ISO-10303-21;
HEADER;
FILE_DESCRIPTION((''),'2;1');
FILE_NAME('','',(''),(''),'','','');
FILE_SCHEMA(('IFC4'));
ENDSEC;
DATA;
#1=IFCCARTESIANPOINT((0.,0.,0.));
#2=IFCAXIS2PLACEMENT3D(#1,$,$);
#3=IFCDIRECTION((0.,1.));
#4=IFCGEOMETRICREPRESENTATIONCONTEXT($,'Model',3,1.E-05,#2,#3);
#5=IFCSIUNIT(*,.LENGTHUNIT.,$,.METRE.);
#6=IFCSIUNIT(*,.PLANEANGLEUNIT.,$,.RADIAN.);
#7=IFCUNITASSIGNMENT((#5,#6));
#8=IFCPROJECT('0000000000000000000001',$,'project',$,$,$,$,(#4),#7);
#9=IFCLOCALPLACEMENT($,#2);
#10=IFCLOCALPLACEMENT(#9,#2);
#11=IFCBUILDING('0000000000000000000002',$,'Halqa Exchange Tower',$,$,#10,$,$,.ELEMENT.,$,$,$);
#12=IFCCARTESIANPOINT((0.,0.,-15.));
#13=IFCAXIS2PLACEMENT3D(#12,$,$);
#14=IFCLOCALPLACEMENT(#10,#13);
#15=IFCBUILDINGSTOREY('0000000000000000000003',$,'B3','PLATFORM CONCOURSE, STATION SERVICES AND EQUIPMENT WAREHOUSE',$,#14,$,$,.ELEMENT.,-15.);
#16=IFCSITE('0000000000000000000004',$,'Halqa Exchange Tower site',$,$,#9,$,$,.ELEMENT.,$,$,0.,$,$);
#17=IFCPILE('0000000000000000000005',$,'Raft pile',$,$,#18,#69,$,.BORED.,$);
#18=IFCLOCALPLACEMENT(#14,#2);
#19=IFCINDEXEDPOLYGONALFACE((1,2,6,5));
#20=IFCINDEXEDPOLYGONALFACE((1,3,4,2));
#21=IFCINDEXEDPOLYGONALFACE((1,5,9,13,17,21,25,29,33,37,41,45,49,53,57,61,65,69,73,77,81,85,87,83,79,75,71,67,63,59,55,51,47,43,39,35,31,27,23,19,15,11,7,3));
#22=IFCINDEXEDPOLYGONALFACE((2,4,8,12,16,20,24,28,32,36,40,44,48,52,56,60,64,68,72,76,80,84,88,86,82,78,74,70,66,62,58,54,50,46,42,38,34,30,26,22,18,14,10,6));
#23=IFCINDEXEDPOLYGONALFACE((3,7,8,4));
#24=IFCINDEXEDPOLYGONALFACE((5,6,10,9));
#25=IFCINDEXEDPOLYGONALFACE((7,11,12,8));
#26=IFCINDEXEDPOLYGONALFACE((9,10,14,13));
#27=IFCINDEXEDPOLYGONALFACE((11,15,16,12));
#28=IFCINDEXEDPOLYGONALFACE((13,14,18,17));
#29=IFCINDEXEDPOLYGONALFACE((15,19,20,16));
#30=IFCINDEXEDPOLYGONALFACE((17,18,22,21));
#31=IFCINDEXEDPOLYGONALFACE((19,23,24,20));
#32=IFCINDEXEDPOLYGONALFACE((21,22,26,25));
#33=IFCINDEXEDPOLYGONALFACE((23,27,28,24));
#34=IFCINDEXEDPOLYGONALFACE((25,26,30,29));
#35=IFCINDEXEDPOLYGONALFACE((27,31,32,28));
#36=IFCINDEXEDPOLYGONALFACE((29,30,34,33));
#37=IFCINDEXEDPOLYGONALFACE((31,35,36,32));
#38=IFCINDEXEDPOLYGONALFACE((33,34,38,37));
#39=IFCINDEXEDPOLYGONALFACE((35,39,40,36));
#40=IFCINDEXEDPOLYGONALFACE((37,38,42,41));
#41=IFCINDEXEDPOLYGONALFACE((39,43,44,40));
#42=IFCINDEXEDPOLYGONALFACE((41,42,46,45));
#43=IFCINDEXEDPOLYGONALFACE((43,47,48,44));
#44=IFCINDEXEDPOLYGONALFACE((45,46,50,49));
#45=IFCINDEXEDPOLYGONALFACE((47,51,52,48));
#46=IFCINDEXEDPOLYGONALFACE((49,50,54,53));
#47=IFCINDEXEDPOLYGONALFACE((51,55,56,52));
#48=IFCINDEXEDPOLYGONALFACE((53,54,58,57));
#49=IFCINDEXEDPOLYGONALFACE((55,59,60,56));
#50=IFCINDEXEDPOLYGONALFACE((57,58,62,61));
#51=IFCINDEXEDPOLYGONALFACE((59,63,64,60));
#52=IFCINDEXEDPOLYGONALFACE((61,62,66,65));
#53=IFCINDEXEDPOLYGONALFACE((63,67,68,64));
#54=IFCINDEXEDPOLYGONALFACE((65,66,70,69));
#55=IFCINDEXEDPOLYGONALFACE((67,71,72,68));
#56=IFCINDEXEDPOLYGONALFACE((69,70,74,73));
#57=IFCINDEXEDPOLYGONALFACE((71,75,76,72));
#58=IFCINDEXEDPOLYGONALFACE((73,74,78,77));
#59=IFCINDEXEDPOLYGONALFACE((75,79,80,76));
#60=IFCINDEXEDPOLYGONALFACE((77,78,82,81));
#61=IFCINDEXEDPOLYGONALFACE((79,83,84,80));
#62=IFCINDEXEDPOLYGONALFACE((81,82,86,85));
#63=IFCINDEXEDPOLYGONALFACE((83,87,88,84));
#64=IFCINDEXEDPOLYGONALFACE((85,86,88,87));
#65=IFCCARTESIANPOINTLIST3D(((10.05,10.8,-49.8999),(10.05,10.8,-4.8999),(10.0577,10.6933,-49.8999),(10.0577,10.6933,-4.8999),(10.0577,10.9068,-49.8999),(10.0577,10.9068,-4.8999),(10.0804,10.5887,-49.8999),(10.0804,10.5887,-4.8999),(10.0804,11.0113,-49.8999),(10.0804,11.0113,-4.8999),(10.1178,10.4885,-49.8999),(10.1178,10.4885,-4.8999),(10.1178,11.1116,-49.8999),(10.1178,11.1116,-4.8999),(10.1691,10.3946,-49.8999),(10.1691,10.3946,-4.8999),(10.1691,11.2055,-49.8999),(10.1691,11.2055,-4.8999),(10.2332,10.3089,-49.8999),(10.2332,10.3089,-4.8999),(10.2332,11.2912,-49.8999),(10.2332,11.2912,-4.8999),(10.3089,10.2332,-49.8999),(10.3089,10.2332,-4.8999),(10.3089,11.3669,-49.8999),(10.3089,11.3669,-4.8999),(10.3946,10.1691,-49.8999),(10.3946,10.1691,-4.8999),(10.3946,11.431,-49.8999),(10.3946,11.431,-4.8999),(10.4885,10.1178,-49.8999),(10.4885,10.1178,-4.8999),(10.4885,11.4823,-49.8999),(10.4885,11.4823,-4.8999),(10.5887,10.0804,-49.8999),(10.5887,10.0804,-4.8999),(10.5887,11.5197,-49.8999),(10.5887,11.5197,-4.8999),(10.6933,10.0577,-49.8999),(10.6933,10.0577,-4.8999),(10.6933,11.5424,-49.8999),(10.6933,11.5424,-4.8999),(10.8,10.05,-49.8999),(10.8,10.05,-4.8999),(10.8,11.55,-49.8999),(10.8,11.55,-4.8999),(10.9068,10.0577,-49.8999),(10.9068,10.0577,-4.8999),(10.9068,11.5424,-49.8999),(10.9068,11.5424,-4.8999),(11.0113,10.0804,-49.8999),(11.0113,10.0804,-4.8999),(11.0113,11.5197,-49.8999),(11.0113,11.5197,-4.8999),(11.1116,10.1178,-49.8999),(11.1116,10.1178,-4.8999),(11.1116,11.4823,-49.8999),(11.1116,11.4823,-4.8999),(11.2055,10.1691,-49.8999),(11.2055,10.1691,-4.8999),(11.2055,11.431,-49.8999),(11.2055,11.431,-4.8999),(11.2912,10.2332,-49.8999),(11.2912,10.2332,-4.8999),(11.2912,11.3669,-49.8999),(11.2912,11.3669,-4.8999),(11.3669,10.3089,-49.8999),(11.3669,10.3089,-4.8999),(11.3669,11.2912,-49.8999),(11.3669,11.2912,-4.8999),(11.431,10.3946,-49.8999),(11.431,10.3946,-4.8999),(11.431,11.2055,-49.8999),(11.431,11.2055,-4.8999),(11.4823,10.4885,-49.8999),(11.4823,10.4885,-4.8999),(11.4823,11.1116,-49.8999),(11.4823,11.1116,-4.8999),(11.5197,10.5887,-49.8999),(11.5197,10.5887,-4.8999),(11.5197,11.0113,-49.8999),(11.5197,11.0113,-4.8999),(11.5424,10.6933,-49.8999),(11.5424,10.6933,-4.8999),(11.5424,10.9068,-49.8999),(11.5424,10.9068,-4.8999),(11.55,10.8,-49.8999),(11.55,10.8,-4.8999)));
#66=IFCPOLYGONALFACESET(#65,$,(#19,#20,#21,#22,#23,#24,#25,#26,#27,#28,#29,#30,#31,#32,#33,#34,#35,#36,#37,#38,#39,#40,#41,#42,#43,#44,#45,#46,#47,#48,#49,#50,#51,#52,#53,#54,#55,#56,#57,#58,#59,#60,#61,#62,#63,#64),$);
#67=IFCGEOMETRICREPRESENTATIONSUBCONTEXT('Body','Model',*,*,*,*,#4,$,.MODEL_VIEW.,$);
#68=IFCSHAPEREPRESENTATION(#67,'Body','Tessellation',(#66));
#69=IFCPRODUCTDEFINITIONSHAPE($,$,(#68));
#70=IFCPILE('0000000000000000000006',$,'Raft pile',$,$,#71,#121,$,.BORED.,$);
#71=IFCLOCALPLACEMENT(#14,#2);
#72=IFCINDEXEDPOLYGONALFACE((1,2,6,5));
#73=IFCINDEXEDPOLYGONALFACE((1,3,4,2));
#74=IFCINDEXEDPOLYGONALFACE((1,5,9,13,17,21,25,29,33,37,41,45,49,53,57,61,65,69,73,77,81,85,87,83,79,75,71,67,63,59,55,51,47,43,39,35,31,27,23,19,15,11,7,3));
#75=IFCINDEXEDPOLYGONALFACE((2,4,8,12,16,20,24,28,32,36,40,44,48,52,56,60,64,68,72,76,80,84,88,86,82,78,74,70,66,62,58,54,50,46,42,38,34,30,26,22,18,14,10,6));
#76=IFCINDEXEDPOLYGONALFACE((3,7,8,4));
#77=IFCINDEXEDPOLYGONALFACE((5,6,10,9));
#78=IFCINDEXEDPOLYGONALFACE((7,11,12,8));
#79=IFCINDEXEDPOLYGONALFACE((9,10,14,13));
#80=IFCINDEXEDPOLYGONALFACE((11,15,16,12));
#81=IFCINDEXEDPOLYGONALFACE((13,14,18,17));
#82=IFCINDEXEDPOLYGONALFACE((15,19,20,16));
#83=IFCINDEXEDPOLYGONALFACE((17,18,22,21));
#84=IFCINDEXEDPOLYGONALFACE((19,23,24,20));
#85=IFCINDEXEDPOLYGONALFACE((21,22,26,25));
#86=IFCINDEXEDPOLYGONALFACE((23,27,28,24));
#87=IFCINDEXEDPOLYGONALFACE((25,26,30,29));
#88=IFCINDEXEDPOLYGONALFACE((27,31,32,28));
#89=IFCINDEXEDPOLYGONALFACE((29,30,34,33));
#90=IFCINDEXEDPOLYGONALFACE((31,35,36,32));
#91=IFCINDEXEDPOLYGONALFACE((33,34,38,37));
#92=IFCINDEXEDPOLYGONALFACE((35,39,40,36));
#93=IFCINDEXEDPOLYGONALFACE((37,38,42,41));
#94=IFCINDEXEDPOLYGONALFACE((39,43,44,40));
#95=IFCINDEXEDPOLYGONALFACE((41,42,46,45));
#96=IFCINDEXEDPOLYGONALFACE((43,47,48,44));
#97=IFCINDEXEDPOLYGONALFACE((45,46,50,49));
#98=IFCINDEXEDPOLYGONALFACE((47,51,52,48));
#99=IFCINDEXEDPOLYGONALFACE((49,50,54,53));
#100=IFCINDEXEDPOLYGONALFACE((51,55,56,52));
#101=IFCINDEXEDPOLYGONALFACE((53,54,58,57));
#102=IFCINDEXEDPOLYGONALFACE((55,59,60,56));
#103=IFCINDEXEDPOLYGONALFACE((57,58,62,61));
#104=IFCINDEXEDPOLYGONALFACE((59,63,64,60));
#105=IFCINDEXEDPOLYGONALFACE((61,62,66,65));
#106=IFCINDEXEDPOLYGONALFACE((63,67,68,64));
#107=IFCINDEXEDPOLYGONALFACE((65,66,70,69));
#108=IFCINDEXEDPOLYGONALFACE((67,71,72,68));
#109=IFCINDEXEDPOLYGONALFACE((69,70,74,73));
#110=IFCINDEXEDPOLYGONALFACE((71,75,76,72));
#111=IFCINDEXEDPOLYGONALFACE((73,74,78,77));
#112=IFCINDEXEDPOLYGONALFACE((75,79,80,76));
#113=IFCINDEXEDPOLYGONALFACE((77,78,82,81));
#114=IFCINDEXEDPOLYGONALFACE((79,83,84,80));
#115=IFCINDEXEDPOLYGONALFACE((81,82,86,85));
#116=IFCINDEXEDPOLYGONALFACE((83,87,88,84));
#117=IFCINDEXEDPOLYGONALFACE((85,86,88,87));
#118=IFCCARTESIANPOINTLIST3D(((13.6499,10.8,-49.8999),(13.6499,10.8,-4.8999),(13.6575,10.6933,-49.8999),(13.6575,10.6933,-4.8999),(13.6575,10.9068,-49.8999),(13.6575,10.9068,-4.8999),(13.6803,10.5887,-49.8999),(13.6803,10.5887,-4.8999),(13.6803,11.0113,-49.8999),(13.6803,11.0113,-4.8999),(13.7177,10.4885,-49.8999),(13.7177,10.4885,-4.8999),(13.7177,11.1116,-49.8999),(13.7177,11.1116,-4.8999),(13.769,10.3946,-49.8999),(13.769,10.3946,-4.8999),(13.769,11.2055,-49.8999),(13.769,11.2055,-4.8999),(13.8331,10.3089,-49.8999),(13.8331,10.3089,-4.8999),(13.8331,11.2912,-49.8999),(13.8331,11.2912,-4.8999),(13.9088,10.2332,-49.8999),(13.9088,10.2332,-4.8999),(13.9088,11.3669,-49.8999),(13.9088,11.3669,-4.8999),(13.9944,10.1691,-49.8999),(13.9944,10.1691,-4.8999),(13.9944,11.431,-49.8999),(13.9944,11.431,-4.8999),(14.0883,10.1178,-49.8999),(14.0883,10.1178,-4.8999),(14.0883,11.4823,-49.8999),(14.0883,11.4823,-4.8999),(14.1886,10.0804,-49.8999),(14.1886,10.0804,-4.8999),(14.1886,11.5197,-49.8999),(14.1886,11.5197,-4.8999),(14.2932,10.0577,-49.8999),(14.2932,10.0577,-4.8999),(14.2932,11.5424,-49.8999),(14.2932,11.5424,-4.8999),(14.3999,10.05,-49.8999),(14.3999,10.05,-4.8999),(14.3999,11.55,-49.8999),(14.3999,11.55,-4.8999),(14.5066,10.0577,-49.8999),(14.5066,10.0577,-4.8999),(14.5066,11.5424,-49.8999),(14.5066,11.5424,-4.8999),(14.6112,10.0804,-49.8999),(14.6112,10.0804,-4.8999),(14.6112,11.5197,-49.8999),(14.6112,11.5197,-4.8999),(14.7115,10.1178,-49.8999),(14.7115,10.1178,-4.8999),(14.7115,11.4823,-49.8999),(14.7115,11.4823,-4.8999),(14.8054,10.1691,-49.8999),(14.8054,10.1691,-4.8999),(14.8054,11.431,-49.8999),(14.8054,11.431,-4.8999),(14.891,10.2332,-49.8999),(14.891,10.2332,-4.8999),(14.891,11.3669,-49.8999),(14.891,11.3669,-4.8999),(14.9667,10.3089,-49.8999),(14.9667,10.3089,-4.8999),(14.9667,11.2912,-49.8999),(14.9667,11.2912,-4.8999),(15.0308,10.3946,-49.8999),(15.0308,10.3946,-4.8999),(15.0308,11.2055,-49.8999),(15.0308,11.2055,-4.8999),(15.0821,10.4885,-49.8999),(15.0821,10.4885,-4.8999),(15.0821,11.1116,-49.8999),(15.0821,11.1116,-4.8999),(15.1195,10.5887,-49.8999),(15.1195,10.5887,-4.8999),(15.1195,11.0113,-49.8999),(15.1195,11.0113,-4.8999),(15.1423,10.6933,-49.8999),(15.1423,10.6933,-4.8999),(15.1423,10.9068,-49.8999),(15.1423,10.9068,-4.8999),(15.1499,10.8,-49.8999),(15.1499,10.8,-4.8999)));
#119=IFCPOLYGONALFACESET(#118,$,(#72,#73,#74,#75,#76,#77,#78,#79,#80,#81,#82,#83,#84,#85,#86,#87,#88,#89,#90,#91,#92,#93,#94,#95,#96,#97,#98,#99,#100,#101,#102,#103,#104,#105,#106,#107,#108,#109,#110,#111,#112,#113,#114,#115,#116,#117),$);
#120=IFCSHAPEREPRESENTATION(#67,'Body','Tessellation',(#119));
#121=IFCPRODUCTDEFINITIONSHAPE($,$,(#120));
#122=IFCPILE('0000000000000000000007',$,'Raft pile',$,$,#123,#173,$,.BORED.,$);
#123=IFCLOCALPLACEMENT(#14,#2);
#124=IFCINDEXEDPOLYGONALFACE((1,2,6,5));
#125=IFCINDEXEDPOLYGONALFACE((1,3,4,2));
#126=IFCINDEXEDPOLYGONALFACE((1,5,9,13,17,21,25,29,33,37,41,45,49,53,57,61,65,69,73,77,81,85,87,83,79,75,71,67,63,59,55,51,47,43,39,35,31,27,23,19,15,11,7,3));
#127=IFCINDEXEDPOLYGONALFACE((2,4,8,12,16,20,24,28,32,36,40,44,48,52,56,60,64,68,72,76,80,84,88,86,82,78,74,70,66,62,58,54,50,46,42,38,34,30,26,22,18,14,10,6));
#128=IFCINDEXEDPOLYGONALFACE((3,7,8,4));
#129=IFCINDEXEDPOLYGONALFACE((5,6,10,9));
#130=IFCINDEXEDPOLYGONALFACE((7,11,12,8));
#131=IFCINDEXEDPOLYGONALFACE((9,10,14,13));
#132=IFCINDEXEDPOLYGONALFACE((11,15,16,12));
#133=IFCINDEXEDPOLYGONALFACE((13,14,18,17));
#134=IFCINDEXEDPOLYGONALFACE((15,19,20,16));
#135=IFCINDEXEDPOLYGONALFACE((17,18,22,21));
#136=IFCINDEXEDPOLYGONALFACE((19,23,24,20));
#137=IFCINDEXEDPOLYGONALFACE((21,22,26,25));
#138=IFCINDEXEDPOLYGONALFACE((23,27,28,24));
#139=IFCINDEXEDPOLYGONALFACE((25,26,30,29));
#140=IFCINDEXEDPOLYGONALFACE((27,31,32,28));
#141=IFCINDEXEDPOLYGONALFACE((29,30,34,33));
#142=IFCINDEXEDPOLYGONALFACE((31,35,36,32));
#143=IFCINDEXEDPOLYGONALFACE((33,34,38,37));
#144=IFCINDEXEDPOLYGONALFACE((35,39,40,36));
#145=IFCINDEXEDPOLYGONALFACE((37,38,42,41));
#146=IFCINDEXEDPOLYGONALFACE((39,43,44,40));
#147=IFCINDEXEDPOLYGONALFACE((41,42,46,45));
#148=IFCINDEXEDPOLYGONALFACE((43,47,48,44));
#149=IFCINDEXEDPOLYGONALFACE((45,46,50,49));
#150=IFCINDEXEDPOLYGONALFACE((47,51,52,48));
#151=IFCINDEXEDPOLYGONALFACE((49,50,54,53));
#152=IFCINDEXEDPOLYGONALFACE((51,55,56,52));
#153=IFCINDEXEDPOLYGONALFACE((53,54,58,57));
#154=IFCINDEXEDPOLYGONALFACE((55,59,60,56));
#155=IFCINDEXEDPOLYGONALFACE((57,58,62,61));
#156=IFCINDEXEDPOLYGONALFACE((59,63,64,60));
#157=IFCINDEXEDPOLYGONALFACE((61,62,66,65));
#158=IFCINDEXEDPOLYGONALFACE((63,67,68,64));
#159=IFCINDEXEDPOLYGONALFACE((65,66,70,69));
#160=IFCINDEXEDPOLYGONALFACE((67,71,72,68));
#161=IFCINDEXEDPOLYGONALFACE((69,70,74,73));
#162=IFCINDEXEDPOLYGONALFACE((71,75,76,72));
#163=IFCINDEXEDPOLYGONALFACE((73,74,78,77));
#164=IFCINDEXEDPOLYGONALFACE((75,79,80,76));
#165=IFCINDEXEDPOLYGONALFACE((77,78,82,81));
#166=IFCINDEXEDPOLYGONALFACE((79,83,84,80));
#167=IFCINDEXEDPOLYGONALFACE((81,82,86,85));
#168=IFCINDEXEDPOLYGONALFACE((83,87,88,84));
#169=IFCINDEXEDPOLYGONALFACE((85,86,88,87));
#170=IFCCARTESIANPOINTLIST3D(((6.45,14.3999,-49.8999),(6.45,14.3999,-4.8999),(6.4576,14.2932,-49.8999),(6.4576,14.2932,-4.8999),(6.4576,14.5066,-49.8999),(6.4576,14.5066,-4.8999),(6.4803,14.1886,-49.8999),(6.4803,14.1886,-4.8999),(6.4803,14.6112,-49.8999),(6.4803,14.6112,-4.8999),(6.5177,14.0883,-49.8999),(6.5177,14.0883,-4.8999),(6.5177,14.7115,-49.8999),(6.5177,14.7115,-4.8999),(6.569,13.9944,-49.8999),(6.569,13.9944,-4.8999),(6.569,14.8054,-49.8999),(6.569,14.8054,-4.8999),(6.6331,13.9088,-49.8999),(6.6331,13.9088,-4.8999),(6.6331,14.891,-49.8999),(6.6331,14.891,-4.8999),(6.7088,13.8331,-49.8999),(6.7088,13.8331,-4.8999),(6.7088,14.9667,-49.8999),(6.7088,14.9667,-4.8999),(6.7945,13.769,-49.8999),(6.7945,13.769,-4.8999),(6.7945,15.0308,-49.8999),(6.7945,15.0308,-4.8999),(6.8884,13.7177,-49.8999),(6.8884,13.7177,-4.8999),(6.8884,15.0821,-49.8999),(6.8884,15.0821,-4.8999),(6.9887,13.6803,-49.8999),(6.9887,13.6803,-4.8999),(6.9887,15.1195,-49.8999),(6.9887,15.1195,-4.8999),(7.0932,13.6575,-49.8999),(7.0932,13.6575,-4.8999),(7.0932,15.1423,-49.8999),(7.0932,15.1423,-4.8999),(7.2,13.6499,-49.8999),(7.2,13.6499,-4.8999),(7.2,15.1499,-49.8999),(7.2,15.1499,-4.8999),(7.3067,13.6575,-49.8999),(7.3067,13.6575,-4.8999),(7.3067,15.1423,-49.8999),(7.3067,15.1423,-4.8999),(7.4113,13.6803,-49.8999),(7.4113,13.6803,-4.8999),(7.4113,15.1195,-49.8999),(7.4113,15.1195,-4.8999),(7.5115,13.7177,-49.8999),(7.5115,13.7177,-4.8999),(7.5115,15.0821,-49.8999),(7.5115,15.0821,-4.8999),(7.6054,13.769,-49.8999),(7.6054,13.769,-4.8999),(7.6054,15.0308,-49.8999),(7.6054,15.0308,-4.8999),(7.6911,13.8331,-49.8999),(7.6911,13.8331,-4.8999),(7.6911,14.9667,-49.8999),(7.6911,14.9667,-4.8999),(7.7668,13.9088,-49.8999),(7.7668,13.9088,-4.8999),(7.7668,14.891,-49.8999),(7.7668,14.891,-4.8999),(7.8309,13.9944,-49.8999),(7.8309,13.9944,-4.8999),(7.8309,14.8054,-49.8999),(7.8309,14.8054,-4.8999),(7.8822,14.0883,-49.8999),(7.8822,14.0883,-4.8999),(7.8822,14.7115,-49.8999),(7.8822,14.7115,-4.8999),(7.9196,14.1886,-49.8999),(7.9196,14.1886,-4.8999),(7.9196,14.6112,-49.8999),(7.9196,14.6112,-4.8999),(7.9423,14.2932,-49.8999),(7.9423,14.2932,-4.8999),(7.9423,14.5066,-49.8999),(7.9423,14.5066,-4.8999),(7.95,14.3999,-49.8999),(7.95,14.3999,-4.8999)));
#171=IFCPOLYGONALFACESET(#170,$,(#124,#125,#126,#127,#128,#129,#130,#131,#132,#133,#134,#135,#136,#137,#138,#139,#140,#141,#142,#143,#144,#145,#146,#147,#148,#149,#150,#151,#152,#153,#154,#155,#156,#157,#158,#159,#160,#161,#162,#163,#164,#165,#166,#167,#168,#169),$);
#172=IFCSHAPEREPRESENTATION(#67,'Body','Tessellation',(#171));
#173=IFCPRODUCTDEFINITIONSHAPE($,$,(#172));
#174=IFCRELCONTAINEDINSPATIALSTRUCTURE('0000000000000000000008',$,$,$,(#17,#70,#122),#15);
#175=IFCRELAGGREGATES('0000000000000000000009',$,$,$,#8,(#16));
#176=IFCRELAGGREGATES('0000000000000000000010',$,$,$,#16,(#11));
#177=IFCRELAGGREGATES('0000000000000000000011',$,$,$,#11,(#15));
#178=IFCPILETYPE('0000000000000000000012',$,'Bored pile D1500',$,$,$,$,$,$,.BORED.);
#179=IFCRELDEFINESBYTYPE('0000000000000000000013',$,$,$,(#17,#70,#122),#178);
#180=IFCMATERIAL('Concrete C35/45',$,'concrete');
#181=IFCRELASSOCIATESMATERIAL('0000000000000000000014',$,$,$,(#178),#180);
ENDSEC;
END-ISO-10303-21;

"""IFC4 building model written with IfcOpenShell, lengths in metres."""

from ifc_helpers import new_model, si_unit, direction, frame, origin, origin_2d, place, context, subcontext, project, spatial, circle, extrude, material, material_profile, profile_set, type_object, element, save


model = new_model("IFC4")

# Units and contexts
model_context = context("Model", 3, precision=1e-05, world=origin(), true_north=direction((0.0, 1.0)))
body_context = subcontext(model_context, "Body", "Model", "MODEL_VIEW")
ifc_project = project(units=[si_unit("LENGTHUNIT", "METRE"), si_unit("PLANEANGLEUNIT", "RADIAN")], contexts=[model_context])

# Site, building, storey
site_placement = place(None, origin())
site = spatial("IfcSite", under=ifc_project, at=site_placement, Name="Halqa Exchange Tower site", CompositionType="ELEMENT", RefElevation=0.0)
building_placement = place(site_placement, origin())
building = spatial("IfcBuilding", under=site, at=building_placement, Name="Halqa Exchange Tower", CompositionType="ELEMENT")
storey_placement = place(building_placement, frame((0.0, 0.0, -15.0)))
storey = spatial("IfcBuildingStorey", under=building, at=storey_placement, Name="B3", Description="PLATFORM CONCOURSE, STATION SERVICES AND EQUIPMENT WAREHOUSE", CompositionType="ELEMENT", Elevation=-15.0)

# Piles
ifc_material_1 = material(Name="Concrete C35/45", Category="concrete")
ifc_material_profile_1 = material_profile(ifc_material_1, circle(Radius=0.75, at=origin_2d()), Name="D1500")
ifc_profile_set_1 = profile_set([ifc_material_profile_1], Name="Concrete C35/45")
pile_type_1 = type_object("IfcPileType", Name="Bored pile D1500", PredefinedType="BORED", material=ifc_profile_set_1)
for number, where, z_axis, x_axis, name in (
    (1, (10.8, 10.8, -4.8999), (0.0, 0.0, -1.0), (1.0, 0.0, 0.0), "Raft pile"),
    (2, (14.3999, 10.8, -4.8999), (0.0, 0.0, -1.0), (1.0, 0.0, 0.0), "Raft pile"),
    (3, (7.2, 14.3999, -4.8999), (0.0, 0.0, -1.0), (1.0, 0.0, 0.0), "Raft pile"),
):
    element("IfcPile", number, at=place(storey_placement, frame(where, z_axis=z_axis, x_axis=x_axis)), inside=storey, type_object=pile_type_1, Name=name, PredefinedType="BORED", context=body_context, shape_type="SweptSolid", body=[
        extrude(circle(Radius=0.75, at=origin_2d()), origin(), (0.0, 0.0, 1.0), 45.0),
    ])

save(model, "model.ifc")
